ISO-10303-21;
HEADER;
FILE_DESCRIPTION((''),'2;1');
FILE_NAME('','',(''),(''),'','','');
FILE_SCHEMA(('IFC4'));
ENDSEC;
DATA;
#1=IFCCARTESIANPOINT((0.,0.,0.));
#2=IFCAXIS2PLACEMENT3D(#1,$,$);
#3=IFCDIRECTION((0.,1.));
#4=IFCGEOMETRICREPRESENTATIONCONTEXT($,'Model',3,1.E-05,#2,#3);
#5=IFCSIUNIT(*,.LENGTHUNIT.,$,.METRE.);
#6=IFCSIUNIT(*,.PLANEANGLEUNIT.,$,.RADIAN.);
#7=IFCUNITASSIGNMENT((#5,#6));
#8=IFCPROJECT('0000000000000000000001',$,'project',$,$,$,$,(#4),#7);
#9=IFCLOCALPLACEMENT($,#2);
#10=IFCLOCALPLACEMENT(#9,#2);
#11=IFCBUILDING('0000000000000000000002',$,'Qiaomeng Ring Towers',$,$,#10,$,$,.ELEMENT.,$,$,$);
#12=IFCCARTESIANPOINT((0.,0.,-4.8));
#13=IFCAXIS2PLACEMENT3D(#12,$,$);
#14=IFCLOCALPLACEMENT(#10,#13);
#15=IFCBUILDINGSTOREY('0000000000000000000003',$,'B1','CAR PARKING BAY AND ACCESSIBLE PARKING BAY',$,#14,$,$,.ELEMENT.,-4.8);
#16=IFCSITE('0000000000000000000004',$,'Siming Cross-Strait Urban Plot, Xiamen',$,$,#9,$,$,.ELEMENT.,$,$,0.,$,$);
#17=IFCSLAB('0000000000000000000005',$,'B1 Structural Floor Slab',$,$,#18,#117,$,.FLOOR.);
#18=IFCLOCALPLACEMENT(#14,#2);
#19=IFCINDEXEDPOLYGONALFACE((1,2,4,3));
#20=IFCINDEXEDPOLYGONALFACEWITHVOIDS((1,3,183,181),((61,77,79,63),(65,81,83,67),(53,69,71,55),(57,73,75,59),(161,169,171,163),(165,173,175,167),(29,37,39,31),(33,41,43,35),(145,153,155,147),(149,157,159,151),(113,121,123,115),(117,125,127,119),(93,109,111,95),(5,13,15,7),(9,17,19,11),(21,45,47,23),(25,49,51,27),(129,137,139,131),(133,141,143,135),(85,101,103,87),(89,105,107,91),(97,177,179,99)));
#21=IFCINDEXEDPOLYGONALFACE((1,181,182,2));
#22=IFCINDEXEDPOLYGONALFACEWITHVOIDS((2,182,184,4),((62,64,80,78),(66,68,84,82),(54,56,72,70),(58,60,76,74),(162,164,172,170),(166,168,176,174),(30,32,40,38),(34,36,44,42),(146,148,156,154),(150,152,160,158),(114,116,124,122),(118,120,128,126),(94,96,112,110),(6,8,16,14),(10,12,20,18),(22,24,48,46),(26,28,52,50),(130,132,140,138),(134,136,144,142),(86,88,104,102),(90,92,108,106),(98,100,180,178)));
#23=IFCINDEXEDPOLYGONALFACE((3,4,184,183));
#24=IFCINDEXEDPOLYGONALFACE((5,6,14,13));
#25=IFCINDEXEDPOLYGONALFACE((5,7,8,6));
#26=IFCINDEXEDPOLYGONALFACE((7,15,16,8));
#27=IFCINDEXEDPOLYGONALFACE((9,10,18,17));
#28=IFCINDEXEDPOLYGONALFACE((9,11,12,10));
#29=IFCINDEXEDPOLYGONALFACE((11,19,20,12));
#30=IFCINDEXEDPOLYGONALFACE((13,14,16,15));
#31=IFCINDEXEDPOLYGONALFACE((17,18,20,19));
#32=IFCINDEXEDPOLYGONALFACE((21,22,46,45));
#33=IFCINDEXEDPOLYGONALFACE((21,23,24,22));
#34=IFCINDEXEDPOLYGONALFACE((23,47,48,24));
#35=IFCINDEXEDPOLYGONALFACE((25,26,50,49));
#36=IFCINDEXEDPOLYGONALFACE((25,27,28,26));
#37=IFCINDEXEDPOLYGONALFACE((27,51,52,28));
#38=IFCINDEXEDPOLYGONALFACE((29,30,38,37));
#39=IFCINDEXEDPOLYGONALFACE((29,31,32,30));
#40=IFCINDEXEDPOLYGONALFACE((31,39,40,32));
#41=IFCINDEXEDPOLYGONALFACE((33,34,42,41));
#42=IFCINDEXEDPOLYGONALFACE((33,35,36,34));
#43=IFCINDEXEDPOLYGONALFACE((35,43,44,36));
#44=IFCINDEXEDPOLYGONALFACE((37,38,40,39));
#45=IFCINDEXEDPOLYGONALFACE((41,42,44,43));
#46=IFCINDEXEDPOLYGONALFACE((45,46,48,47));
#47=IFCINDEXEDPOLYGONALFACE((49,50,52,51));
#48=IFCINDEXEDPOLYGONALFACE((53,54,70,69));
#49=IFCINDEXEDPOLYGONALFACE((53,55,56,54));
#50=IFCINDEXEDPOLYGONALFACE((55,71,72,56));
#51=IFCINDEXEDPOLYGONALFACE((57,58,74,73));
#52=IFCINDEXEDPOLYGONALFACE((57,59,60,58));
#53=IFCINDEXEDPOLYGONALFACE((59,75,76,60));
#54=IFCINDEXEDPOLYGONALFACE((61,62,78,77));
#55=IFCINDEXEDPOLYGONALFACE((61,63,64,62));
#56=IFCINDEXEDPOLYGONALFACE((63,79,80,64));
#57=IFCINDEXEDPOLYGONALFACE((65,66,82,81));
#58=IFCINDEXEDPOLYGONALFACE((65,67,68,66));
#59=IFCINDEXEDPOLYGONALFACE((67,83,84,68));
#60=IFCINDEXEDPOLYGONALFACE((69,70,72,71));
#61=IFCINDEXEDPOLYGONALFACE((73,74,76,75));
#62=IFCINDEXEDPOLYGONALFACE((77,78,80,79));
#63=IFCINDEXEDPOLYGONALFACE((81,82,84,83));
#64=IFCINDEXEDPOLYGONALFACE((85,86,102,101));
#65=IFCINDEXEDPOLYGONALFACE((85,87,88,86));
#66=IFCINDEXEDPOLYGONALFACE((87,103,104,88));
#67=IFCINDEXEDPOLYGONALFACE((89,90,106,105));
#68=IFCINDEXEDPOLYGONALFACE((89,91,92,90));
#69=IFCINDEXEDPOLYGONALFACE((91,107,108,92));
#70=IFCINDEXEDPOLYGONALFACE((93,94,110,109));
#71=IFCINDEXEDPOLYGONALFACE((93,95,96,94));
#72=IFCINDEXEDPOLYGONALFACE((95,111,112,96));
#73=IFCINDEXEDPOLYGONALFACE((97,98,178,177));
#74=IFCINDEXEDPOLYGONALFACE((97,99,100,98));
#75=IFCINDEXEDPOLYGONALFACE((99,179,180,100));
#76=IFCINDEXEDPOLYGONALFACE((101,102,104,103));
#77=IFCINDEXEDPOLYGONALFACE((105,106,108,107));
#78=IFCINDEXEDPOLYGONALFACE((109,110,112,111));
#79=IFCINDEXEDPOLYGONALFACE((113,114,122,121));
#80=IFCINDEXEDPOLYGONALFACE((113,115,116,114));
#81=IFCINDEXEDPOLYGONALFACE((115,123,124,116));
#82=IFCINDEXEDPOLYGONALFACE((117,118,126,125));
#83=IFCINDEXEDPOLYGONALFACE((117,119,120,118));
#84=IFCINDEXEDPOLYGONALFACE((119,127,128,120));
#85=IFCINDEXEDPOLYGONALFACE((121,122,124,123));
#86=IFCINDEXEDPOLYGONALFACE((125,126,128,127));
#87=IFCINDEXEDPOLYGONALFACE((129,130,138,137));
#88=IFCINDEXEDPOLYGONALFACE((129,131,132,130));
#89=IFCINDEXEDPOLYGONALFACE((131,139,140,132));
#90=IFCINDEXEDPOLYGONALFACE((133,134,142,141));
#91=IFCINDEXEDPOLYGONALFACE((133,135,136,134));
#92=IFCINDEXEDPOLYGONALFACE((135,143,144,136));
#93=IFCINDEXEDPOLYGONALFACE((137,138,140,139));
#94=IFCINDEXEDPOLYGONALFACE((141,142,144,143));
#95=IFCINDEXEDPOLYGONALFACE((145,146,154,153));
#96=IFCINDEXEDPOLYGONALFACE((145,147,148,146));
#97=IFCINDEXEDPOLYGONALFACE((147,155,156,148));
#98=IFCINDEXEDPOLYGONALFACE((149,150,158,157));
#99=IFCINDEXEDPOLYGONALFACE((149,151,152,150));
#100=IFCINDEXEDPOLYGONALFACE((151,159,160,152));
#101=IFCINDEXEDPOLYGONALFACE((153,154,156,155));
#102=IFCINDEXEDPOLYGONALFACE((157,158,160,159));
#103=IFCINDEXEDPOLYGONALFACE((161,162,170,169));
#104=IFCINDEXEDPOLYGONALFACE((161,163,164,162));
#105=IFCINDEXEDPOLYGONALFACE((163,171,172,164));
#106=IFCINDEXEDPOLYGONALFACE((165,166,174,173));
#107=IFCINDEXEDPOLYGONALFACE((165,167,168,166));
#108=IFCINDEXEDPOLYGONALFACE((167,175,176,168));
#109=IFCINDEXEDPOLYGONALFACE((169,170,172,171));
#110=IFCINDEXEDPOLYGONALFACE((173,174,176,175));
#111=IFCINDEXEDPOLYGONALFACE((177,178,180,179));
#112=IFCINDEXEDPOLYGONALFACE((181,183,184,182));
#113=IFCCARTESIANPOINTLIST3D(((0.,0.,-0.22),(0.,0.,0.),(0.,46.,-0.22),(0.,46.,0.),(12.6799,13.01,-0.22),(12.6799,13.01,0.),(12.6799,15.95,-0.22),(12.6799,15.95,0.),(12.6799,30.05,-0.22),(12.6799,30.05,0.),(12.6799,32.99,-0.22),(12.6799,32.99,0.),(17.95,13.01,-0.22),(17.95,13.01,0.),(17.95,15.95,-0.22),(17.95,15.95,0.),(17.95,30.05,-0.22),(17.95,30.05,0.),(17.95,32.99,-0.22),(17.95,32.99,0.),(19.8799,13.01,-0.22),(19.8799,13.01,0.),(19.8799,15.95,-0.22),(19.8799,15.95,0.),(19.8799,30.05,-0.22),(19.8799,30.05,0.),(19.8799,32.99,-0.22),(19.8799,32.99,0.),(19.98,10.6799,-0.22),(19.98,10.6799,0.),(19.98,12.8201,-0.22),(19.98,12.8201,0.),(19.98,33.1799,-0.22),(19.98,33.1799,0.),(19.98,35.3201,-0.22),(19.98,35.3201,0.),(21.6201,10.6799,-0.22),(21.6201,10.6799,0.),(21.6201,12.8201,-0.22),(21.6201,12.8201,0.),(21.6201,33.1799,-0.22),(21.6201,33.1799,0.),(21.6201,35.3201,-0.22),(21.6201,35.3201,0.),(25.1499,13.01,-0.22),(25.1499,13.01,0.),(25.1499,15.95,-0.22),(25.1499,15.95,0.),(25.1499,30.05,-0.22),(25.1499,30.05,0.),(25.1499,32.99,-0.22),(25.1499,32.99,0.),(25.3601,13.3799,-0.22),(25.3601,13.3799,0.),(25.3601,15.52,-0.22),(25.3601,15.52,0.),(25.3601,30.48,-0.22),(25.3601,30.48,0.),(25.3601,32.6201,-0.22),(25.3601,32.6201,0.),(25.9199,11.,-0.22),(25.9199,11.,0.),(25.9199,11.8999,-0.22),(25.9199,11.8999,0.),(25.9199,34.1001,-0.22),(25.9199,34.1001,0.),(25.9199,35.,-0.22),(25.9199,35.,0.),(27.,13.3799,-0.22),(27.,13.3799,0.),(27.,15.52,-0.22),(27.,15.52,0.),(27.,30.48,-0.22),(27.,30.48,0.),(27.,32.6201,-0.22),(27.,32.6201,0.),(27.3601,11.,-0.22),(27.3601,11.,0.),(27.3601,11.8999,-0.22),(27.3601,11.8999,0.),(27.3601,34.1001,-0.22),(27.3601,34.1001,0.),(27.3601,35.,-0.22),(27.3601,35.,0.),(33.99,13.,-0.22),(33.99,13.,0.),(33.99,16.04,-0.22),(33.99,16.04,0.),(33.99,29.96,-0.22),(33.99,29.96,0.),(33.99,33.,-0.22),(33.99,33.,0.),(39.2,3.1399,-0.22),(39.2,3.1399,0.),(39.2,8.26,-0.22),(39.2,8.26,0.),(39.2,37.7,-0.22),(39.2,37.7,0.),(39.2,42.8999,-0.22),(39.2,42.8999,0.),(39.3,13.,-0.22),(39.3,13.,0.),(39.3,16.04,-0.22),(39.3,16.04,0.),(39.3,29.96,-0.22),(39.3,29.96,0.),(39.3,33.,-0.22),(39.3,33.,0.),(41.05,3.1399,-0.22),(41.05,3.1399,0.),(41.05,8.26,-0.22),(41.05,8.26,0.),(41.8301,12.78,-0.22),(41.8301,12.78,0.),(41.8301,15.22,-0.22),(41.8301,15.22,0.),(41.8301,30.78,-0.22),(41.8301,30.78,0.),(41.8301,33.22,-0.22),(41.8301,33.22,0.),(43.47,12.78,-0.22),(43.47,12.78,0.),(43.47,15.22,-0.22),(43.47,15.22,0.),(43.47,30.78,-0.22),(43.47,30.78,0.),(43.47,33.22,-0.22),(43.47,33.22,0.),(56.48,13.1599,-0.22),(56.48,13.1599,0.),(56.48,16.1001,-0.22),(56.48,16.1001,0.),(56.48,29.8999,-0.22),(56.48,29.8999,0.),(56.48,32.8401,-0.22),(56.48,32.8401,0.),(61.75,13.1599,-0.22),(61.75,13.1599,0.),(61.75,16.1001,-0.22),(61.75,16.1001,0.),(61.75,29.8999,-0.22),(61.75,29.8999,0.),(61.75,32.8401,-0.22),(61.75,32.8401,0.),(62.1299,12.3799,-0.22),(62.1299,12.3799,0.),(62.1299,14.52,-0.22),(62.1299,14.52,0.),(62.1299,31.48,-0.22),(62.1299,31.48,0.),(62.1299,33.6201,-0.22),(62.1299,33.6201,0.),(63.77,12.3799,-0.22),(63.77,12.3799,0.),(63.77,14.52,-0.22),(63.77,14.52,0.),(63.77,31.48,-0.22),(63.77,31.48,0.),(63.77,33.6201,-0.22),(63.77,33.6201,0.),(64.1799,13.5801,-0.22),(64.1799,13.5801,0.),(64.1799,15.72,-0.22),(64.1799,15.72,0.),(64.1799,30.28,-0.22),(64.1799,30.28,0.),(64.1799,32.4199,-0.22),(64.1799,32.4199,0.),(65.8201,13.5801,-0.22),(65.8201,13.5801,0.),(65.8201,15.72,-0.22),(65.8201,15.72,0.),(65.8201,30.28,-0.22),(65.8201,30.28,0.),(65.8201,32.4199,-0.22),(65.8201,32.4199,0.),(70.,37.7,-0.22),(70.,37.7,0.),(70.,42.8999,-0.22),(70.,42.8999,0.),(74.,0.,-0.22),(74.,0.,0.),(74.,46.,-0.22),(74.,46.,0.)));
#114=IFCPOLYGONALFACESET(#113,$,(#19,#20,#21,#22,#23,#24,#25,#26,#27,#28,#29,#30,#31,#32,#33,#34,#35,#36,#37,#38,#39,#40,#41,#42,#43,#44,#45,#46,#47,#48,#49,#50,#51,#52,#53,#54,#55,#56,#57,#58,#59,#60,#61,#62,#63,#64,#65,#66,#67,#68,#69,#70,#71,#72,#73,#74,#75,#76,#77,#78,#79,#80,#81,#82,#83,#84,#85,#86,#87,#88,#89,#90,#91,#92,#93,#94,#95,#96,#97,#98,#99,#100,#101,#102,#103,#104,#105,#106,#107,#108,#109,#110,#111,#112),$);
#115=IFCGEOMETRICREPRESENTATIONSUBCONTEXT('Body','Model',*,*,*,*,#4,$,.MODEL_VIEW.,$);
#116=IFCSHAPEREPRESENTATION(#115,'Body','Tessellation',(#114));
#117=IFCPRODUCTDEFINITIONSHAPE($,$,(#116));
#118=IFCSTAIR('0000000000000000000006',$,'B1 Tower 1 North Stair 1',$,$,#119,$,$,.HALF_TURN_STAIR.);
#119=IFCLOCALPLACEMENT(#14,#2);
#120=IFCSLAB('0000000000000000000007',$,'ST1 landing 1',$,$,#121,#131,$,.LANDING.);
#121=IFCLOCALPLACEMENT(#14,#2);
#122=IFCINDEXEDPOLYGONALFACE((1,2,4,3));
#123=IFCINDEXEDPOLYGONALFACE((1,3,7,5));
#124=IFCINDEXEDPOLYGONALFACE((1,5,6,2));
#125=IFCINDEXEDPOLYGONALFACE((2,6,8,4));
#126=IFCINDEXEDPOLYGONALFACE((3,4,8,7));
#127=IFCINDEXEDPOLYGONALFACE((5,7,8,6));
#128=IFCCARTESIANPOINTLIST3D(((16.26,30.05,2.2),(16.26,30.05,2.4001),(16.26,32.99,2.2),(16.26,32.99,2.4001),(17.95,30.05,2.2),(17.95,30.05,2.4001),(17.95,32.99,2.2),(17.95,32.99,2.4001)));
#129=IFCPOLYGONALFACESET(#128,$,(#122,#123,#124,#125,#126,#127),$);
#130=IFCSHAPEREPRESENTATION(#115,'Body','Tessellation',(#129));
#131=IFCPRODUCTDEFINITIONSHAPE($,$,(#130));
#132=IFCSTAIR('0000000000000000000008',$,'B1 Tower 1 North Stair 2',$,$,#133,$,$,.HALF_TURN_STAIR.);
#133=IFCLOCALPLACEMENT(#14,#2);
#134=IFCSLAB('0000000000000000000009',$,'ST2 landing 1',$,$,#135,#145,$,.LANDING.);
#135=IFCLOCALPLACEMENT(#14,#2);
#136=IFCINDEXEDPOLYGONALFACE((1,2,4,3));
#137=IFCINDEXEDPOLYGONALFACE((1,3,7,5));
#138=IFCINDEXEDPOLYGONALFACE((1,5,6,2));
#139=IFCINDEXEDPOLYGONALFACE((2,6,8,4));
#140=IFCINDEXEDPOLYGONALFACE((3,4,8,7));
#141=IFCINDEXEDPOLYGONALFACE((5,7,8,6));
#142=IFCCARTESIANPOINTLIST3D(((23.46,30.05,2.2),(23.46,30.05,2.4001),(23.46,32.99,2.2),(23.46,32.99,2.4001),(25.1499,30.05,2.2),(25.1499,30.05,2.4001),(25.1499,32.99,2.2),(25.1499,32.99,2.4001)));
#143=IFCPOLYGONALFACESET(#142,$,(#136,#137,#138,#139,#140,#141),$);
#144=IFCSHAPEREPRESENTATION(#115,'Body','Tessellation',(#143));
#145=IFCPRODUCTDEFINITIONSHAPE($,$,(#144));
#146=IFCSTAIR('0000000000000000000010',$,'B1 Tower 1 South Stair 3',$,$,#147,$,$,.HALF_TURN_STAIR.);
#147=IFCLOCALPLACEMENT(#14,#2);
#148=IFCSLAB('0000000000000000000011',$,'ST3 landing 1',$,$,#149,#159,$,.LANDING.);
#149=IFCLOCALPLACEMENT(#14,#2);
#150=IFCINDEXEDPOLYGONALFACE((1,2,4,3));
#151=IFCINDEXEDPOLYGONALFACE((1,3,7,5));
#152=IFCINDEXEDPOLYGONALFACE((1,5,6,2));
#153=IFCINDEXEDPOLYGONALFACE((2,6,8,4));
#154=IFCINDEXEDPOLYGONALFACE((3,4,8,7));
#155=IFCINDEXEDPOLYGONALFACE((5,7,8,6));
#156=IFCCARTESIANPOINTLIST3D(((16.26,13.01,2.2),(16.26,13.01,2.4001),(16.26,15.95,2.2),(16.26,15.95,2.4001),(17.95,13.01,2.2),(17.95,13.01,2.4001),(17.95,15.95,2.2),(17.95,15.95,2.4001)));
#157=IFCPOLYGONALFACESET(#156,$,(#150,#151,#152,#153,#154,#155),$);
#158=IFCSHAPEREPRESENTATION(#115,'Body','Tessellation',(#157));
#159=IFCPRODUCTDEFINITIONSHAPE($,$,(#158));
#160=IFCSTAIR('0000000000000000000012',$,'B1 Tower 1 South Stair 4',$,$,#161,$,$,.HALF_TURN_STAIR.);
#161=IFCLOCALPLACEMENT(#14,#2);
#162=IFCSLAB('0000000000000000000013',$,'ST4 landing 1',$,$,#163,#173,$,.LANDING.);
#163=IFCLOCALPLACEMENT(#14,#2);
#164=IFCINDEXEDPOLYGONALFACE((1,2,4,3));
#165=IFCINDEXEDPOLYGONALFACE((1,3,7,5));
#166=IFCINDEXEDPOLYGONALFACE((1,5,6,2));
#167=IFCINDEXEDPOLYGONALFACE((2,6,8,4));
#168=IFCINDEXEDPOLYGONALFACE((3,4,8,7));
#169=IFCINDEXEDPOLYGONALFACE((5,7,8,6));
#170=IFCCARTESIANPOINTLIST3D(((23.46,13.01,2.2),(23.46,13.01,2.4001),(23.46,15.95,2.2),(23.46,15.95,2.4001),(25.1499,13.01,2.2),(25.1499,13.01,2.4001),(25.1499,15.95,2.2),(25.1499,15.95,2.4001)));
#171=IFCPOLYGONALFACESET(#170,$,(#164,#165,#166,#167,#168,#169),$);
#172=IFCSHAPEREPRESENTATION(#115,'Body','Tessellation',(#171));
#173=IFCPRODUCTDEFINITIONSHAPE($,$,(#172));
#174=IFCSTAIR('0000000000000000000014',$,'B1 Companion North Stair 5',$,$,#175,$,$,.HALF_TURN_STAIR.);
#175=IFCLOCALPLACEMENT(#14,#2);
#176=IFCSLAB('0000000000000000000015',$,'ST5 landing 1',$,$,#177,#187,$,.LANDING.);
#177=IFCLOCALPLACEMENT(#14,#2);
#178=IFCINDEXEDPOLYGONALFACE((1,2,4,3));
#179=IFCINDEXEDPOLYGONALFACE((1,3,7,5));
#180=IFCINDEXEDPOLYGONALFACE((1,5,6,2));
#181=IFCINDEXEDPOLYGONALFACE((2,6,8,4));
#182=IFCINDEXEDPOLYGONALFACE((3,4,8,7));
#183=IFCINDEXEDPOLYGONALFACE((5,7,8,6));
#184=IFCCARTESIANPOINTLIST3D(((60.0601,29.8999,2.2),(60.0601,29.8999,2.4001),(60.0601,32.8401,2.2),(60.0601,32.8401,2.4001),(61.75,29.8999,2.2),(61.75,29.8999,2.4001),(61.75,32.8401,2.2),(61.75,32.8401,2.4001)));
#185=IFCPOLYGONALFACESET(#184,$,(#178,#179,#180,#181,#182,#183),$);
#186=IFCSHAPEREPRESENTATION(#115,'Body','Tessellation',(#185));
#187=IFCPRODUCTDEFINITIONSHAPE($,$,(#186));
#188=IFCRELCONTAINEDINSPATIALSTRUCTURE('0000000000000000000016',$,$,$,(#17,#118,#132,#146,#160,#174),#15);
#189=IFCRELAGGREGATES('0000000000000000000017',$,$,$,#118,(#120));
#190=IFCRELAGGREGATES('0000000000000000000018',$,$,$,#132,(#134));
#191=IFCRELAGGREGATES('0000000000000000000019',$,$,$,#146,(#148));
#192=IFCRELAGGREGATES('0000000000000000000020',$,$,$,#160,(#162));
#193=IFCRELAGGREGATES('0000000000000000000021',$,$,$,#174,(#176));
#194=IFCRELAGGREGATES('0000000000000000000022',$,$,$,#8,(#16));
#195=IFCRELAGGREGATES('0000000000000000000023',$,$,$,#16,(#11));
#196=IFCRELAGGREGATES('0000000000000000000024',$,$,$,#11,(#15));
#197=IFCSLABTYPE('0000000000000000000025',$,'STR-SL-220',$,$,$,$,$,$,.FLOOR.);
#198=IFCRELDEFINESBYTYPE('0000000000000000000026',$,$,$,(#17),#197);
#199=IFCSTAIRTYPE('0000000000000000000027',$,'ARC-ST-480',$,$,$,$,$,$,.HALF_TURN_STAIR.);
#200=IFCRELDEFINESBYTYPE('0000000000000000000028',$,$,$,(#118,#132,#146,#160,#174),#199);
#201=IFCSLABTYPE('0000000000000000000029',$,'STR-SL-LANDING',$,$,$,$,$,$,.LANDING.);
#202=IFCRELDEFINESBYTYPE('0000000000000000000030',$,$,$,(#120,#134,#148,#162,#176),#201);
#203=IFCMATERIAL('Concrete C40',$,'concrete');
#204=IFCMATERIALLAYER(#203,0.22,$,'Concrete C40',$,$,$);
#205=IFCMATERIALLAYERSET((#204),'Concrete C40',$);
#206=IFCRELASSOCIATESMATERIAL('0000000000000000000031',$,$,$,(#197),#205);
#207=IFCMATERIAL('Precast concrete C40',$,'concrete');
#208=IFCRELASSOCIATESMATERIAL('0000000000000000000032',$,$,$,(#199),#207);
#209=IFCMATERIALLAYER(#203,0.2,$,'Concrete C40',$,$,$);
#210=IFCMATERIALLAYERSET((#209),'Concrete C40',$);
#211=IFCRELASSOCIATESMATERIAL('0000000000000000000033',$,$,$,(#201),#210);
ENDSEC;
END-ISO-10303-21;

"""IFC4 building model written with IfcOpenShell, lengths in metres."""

from ifc_helpers import new_model, si_unit, direction, frame, origin, place, context, subcontext, project, spatial, polyline, outline, extrude, material, layer, layer_set, type_object, element, aggregate, save


model = new_model("IFC4")

# Units and contexts
model_context = context("Model", 3, precision=1e-05, world=origin(), true_north=direction((0.0, 1.0)))
body_context = subcontext(model_context, "Body", "Model", "MODEL_VIEW")
ifc_project = project(units=[si_unit("LENGTHUNIT", "METRE"), si_unit("PLANEANGLEUNIT", "RADIAN")], contexts=[model_context])

# Site, building, storey
site_placement = place(None, origin())
site = spatial("IfcSite", under=ifc_project, at=site_placement, Name="Siming Cross-Strait Urban Plot, Xiamen", CompositionType="ELEMENT", RefElevation=0.0)
building_placement = place(site_placement, origin())
building = spatial("IfcBuilding", under=site, at=building_placement, Name="Qiaomeng Ring Towers", CompositionType="ELEMENT")
storey_placement = place(building_placement, frame((0.0, 0.0, -4.8)))
storey = spatial("IfcBuildingStorey", under=building, at=storey_placement, Name="B1", Description="CAR PARKING BAY AND ACCESSIBLE PARKING BAY", CompositionType="ELEMENT", Elevation=-4.8)

# Slab
ifc_material_1 = material(Name="Concrete C40", Category="concrete")
ifc_layer_1 = layer(ifc_material_1, 0.22, Name="Concrete C40")
ifc_layer_set_1 = layer_set([ifc_layer_1], Name="Concrete C40")
slab_type_1 = type_object("IfcSlabType", Name="STR-SL-220", PredefinedType="FLOOR", material=ifc_layer_set_1)
slab_1_placement = place(storey_placement, frame((0.0, 0.0, -0.22)))
element("IfcSlab", 1, at=slab_1_placement, inside=storey, type_object=slab_type_1, Name="B1 Structural Floor Slab", PredefinedType="FLOOR", context=body_context, shape_type="SweptSolid", body=[
    extrude(outline(polyline([(0.0, 0.0), (74.0, 0.0), (74.0, 46.0), (0.0, 46.0), (0.0, 0.0)]), holes=[polyline([(25.9199, 11.8999), (27.3601, 11.8999), (27.3601, 11.0), (25.9199, 11.0), (25.9199, 11.8999)]), polyline([(21.6201, 12.8201), (21.6201, 10.6799), (19.98, 10.6799), (19.98, 12.8201), (21.6201, 12.8201)]), polyline([(27.0, 15.52), (27.0, 13.3799), (25.3601, 13.3799), (25.3601, 15.52), (27.0, 15.52)]), polyline([(12.6799, 15.95), (17.95, 15.95), (17.95, 13.01), (12.6799, 13.01), (12.6799, 15.95)]), polyline([(25.1499, 15.95), (25.1499, 13.01), (19.8799, 13.01), (19.8799, 15.95), (25.1499, 15.95)]), polyline([(39.3, 16.04), (39.3, 13.0), (33.99, 13.0), (33.99, 16.04), (39.3, 16.04)]), polyline([(33.99, 33.0), (39.3, 33.0), (39.3, 29.96), (33.99, 29.96), (33.99, 33.0)]), polyline([(17.95, 32.99), (17.95, 30.05), (12.6799, 30.05), (12.6799, 32.99), (17.95, 32.99)]), polyline([(25.1499, 32.99), (25.1499, 30.05), (19.8799, 30.05), (19.8799, 32.99), (25.1499, 32.99)]), polyline([(25.3601, 32.6201), (27.0, 32.6201), (27.0, 30.48), (25.3601, 30.48), (25.3601, 32.6201)]), polyline([(21.6201, 35.3201), (21.6201, 33.1799), (19.98, 33.1799), (19.98, 35.3201), (21.6201, 35.3201)]), polyline([(27.3601, 35.0), (27.3601, 34.1001), (25.9199, 34.1001), (25.9199, 35.0), (27.3601, 35.0)]), polyline([(39.2, 8.26), (41.05, 8.26), (41.05, 3.1399), (39.2, 3.1399), (39.2, 8.26)]), polyline([(63.77, 14.52), (63.77, 12.3799), (62.1299, 12.3799), (62.1299, 14.52), (63.77, 14.52)]), polyline([(43.47, 15.22), (43.47, 12.78), (41.8301, 12.78), (41.8301, 15.22), (43.47, 15.22)]), polyline([(56.48, 16.1001), (61.75, 16.1001), (61.75, 13.1599), (56.48, 13.1599), (56.48, 16.1001)]), polyline([(65.8201, 15.72), (65.8201, 13.5801), (64.1799, 13.5801), (64.1799, 15.72), (65.8201, 15.72)]), polyline([(65.8201, 32.4199), (65.8201, 30.28), (64.1799, 30.28), (64.1799, 32.4199), (65.8201, 32.4199)]), polyline([(61.75, 32.8401), (61.75, 29.8999), (56.48, 29.8999), (56.48, 32.8401), (61.75, 32.8401)]), polyline([(41.8301, 33.22), (43.47, 33.22), (43.47, 30.78), (41.8301, 30.78), (41.8301, 33.22)]), polyline([(63.77, 33.6201), (63.77, 31.48), (62.1299, 31.48), (62.1299, 33.6201), (63.77, 33.6201)]), polyline([(70.0, 42.8999), (70.0, 37.7), (39.2, 37.7), (39.2, 42.8999), (70.0, 42.8999)])]), origin(), (0.0, 0.0, 1.0), 0.22),
])

# Stairs, slabs
ifc_material_2 = material(Name="Precast concrete C40", Category="concrete")
stair_type_1 = type_object("IfcStairType", Name="ARC-ST-480", PredefinedType="HALF_TURN_STAIR", material=ifc_material_2)
stair_1_placement = place(storey_placement, origin())
stair_1 = element("IfcStair", 2, at=stair_1_placement, inside=storey, type_object=stair_type_1, Name="B1 Tower 1 North Stair 1", PredefinedType="HALF_TURN_STAIR")
ifc_layer_2 = layer(ifc_material_1, 0.2, Name="Concrete C40")
ifc_layer_set_2 = layer_set([ifc_layer_2], Name="Concrete C40")
slab_type_2 = type_object("IfcSlabType", Name="STR-SL-LANDING", PredefinedType="LANDING", material=ifc_layer_set_2)
slab_2_placement = place(storey_placement, frame((0.0, 0.0, 2.2)))
slab_2 = element("IfcSlab", 3, at=slab_2_placement, type_object=slab_type_2, Name="ST1 landing 1", PredefinedType="LANDING", context=body_context, shape_type="SweptSolid", body=[
    extrude(outline(polyline([(16.26, 30.05), (17.95, 30.05), (17.95, 32.99), (16.26, 32.99), (16.26, 30.05)])), origin(), (0.0, 0.0, 1.0), 0.2002),
])
aggregate(stair_1, [slab_2])
stair_2_placement = place(storey_placement, origin())
stair_2 = element("IfcStair", 4, at=stair_2_placement, inside=storey, type_object=stair_type_1, Name="B1 Tower 1 North Stair 2", PredefinedType="HALF_TURN_STAIR")
slab_3_placement = place(storey_placement, frame((0.0, 0.0, 2.2)))
slab_3 = element("IfcSlab", 5, at=slab_3_placement, type_object=slab_type_2, Name="ST2 landing 1", PredefinedType="LANDING", context=body_context, shape_type="SweptSolid", body=[
    extrude(outline(polyline([(23.46, 30.05), (25.1499, 30.05), (25.1499, 32.99), (23.46, 32.99), (23.46, 30.05)])), origin(), (0.0, 0.0, 1.0), 0.2002),
])
aggregate(stair_2, [slab_3])
stair_3_placement = place(storey_placement, origin())
stair_3 = element("IfcStair", 6, at=stair_3_placement, inside=storey, type_object=stair_type_1, Name="B1 Tower 1 South Stair 3", PredefinedType="HALF_TURN_STAIR")
slab_4_placement = place(storey_placement, frame((0.0, 0.0, 2.2)))
slab_4 = element("IfcSlab", 7, at=slab_4_placement, type_object=slab_type_2, Name="ST3 landing 1", PredefinedType="LANDING", context=body_context, shape_type="SweptSolid", body=[
    extrude(outline(polyline([(16.26, 13.01), (17.95, 13.01), (17.95, 15.95), (16.26, 15.95), (16.26, 13.01)])), origin(), (0.0, 0.0, 1.0), 0.2002),
])
aggregate(stair_3, [slab_4])
stair_4_placement = place(storey_placement, origin())
stair_4 = element("IfcStair", 8, at=stair_4_placement, inside=storey, type_object=stair_type_1, Name="B1 Tower 1 South Stair 4", PredefinedType="HALF_TURN_STAIR")
slab_5_placement = place(storey_placement, frame((0.0, 0.0, 2.2)))
slab_5 = element("IfcSlab", 9, at=slab_5_placement, type_object=slab_type_2, Name="ST4 landing 1", PredefinedType="LANDING", context=body_context, shape_type="SweptSolid", body=[
    extrude(outline(polyline([(23.46, 13.01), (25.1499, 13.01), (25.1499, 15.95), (23.46, 15.95), (23.46, 13.01)])), origin(), (0.0, 0.0, 1.0), 0.2002),
])
aggregate(stair_4, [slab_5])
stair_5_placement = place(storey_placement, origin())
stair_5 = element("IfcStair", 10, at=stair_5_placement, inside=storey, type_object=stair_type_1, Name="B1 Companion North Stair 5", PredefinedType="HALF_TURN_STAIR")
slab_6_placement = place(storey_placement, frame((0.0, 0.0, 2.2)))
slab_6 = element("IfcSlab", 11, at=slab_6_placement, type_object=slab_type_2, Name="ST5 landing 1", PredefinedType="LANDING", context=body_context, shape_type="SweptSolid", body=[
    extrude(outline(polyline([(60.0601, 29.8999), (61.75, 29.8999), (61.75, 32.8401), (60.0601, 32.8401), (60.0601, 29.8999)])), origin(), (0.0, 0.0, 1.0), 0.2002),
])
aggregate(stair_5, [slab_6])

save(model, "model.ifc")
